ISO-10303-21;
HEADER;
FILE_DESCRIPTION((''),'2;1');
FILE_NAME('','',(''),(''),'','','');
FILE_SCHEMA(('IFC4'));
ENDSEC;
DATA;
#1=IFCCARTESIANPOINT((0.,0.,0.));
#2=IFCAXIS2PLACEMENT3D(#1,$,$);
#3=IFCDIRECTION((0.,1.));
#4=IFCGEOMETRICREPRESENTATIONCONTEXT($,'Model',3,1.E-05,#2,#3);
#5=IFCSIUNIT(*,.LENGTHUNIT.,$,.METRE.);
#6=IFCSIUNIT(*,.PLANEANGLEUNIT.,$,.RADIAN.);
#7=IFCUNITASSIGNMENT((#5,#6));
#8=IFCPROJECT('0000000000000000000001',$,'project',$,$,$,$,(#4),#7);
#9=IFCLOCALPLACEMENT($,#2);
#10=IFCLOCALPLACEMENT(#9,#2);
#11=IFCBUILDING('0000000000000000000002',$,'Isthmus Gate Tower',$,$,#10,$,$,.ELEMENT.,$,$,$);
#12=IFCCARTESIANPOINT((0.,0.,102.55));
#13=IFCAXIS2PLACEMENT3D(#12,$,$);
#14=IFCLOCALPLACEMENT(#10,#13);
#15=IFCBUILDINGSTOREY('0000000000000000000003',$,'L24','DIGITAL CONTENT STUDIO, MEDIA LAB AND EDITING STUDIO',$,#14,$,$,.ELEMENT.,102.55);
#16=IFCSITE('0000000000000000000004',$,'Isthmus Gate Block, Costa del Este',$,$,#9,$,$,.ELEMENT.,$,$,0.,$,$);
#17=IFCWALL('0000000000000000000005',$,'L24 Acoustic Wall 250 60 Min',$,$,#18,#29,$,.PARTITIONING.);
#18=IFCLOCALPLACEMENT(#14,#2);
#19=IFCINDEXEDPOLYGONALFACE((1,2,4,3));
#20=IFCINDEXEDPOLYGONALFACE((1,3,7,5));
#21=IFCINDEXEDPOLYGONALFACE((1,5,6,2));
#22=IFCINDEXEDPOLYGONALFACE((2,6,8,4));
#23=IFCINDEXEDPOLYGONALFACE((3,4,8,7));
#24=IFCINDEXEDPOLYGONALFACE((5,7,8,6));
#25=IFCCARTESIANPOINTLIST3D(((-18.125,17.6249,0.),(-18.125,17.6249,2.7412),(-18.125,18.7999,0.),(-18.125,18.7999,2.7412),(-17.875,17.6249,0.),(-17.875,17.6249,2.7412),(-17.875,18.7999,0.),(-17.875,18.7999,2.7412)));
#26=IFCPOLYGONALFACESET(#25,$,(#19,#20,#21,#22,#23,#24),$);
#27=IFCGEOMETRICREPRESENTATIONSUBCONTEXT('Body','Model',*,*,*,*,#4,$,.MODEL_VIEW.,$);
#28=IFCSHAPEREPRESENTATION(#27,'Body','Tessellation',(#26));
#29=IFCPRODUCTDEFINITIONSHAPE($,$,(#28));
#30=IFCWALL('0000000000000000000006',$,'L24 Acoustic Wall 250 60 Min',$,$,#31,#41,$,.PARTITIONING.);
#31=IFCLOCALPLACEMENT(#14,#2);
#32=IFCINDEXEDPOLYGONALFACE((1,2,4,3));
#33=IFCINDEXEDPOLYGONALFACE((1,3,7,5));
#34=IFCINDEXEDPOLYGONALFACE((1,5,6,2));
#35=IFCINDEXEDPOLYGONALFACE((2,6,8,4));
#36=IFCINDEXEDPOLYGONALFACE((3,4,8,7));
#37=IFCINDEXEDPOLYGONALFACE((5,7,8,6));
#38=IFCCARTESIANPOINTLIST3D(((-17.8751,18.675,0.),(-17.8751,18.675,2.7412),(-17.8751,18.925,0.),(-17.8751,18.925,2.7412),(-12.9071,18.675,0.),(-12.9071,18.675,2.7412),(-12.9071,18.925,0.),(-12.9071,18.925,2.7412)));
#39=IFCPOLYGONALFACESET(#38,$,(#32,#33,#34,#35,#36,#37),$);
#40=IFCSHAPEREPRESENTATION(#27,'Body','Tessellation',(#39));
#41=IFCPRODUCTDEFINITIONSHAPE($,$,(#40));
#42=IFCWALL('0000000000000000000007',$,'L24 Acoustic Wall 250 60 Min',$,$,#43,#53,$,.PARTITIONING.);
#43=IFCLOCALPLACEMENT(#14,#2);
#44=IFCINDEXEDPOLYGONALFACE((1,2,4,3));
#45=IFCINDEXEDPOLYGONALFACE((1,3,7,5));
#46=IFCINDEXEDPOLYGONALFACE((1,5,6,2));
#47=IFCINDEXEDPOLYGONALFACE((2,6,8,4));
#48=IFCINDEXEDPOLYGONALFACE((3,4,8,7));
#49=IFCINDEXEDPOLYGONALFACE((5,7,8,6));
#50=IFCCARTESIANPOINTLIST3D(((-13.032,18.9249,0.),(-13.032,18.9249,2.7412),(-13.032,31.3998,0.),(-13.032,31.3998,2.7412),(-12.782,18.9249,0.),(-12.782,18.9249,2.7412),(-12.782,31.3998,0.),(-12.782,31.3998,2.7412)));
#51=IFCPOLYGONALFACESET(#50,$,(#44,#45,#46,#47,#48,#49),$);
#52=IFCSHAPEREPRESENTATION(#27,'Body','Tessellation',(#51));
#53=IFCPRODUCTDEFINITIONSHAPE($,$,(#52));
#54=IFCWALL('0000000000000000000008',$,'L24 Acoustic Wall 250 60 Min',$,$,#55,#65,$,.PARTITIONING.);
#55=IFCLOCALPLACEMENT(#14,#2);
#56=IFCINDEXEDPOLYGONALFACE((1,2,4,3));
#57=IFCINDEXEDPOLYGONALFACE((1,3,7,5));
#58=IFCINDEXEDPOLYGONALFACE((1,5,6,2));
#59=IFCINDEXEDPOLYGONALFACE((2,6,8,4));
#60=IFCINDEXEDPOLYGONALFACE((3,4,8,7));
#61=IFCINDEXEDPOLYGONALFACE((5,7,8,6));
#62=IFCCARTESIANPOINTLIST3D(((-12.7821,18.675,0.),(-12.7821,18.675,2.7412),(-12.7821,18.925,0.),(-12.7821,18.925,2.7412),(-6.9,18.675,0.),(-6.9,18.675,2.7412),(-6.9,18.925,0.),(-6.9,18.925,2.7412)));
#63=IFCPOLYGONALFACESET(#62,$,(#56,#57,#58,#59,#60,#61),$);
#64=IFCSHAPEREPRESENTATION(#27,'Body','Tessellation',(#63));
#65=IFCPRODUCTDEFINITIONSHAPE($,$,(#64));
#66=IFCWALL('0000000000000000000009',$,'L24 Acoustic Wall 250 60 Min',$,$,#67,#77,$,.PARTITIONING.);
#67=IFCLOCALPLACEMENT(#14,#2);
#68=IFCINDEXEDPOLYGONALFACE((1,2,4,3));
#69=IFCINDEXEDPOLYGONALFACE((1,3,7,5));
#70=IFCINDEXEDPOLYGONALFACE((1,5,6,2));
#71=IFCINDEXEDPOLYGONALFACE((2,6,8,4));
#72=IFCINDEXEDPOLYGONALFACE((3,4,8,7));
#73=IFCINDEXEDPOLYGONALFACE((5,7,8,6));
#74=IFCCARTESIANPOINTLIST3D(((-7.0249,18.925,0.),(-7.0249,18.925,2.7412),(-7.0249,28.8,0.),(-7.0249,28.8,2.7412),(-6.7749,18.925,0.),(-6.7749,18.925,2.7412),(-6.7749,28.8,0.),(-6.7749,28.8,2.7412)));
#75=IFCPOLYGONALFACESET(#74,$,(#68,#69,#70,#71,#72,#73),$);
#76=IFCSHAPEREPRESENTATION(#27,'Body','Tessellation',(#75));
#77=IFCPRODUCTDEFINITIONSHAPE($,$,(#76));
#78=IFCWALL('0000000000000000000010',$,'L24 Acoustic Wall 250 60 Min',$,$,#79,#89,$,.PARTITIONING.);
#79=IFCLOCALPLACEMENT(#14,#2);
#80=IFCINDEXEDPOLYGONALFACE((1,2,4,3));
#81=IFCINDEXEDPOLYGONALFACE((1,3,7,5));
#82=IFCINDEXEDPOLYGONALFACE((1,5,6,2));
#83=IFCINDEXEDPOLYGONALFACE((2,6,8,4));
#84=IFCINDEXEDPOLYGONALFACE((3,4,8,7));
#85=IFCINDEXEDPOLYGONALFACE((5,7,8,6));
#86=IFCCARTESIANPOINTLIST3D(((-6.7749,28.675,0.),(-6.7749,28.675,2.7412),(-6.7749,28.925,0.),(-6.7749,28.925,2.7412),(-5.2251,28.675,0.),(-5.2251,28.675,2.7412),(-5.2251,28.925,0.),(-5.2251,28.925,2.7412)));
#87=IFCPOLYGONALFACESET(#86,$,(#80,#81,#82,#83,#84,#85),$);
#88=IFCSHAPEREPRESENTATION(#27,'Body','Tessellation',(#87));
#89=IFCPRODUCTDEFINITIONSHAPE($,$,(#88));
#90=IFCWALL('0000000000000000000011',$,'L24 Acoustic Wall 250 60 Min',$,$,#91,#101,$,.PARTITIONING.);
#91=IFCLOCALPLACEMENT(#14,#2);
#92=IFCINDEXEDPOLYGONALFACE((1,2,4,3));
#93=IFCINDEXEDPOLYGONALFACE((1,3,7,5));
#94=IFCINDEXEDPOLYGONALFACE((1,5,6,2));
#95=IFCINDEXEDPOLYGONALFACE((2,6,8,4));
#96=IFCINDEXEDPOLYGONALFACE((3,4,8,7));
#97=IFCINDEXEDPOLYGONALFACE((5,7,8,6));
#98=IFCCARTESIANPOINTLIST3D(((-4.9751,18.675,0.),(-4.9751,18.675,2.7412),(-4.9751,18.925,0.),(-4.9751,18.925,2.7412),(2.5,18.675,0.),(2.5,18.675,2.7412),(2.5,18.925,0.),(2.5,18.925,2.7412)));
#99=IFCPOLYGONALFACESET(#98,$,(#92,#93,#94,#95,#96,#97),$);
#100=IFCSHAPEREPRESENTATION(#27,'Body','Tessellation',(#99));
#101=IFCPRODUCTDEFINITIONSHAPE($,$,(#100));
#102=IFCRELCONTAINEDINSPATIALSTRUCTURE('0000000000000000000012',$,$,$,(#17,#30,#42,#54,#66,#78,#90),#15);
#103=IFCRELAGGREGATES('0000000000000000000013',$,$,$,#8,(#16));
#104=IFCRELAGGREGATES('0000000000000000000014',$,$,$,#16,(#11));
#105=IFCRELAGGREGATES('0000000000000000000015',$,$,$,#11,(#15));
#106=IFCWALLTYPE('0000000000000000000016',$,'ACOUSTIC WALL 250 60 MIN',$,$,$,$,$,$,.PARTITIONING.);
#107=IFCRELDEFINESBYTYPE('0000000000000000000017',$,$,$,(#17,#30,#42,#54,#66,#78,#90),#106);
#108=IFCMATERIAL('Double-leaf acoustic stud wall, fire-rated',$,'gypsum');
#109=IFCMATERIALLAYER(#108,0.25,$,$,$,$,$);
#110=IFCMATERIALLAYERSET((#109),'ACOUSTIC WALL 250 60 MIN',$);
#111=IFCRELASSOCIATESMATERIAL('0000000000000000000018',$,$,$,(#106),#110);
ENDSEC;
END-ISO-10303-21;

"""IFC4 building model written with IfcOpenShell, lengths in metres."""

from ifc_helpers import new_model, si_unit, direction, frame, frame_2d, origin, place, context, subcontext, project, spatial, rectangle, extrude, material, layer, layer_set, type_object, element, save


model = new_model("IFC4")

# Units and contexts
model_context = context("Model", 3, precision=1e-05, world=origin(), true_north=direction((0.0, 1.0)))
body_context = subcontext(model_context, "Body", "Model", "MODEL_VIEW")
ifc_project = project(units=[si_unit("LENGTHUNIT", "METRE"), si_unit("PLANEANGLEUNIT", "RADIAN")], contexts=[model_context])

# Site, building, storey
site_placement = place(None, origin())
site = spatial("IfcSite", under=ifc_project, at=site_placement, Name="Isthmus Gate Block, Costa del Este", CompositionType="ELEMENT", RefElevation=0.0)
building_placement = place(site_placement, origin())
building = spatial("IfcBuilding", under=site, at=building_placement, Name="Isthmus Gate Tower", CompositionType="ELEMENT")
storey_placement = place(building_placement, frame((0.0, 0.0, 102.55)))
storey = spatial("IfcBuildingStorey", under=building, at=storey_placement, Name="L24", Description="DIGITAL CONTENT STUDIO, MEDIA LAB AND EDITING STUDIO", CompositionType="ELEMENT", Elevation=102.55)

# Shared definitions
ifc_material_1 = material(Name="Double-leaf acoustic stud wall, fire-rated", Category="gypsum")
ifc_layer_1 = layer(ifc_material_1, 0.25)
ifc_layer_set_1 = layer_set([ifc_layer_1], Name="ACOUSTIC WALL 250 60 MIN")
wall_type = type_object("IfcWallType", Name="ACOUSTIC WALL 250 60 MIN", PredefinedType="PARTITIONING", material=ifc_layer_set_1)

# Walls
wall_1_placement = place(storey_placement, frame((-18.0, 17.625, 0.0), z_axis=(0.0, 0.0, 1.0), x_axis=(0.0, 1.0, 0.0)))
element("IfcWall", 1, at=wall_1_placement, inside=storey, type_object=wall_type, Name="L24 Acoustic Wall 250 60 Min", PredefinedType="PARTITIONING", context=body_context, shape_type="SweptSolid", body=[
    extrude(rectangle(XDim=1.175, YDim=0.25, at=frame_2d((0.5874, 0.0))), origin(), (0.0, 0.0, 1.0), 2.7412),
])
wall_2_placement = place(storey_placement, frame((-17.875, 18.8, 0.0), z_axis=(0.0, 0.0, 1.0), x_axis=(1.0, 0.0, 0.0)))
element("IfcWall", 2, at=wall_2_placement, inside=storey, type_object=wall_type, Name="L24 Acoustic Wall 250 60 Min", PredefinedType="PARTITIONING", context=body_context, shape_type="SweptSolid", body=[
    extrude(rectangle(XDim=4.968, YDim=0.25, at=frame_2d((2.4839, 0.0))), origin(), (0.0, 0.0, 1.0), 2.7412),
])
wall_3_placement = place(storey_placement, frame((-12.907, 18.925, 0.0), z_axis=(0.0, 0.0, 1.0), x_axis=(0.0, 1.0, 0.0)))
element("IfcWall", 3, at=wall_3_placement, inside=storey, type_object=wall_type, Name="L24 Acoustic Wall 250 60 Min", PredefinedType="PARTITIONING", context=body_context, shape_type="SweptSolid", body=[
    extrude(rectangle(XDim=12.4749, YDim=0.25, at=frame_2d((6.2373, 0.0))), origin(), (0.0, 0.0, 1.0), 2.7412),
])
wall_4_placement = place(storey_placement, frame((-12.782, 18.8, 0.0), z_axis=(0.0, 0.0, 1.0), x_axis=(1.0, 0.0, 0.0)))
element("IfcWall", 4, at=wall_4_placement, inside=storey, type_object=wall_type, Name="L24 Acoustic Wall 250 60 Min", PredefinedType="PARTITIONING", context=body_context, shape_type="SweptSolid", body=[
    extrude(rectangle(XDim=5.8821, YDim=0.25, at=frame_2d((2.9409, 0.0))), origin(), (0.0, 0.0, 1.0), 2.7412),
])
wall_5_placement = place(storey_placement, frame((-6.8999, 18.925, 0.0), z_axis=(0.0, 0.0, 1.0), x_axis=(0.0, 1.0, 0.0)))
element("IfcWall", 5, at=wall_5_placement, inside=storey, type_object=wall_type, Name="L24 Acoustic Wall 250 60 Min", PredefinedType="PARTITIONING", context=body_context, shape_type="SweptSolid", body=[
    extrude(rectangle(XDim=9.875, YDim=0.25, at=frame_2d((4.9375, 0.0))), origin(), (0.0, 0.0, 1.0), 2.7412),
])
wall_6_placement = place(storey_placement, frame((-6.7749, 28.8, 0.0), z_axis=(0.0, 0.0, 1.0), x_axis=(1.0, 0.0, 0.0)))
element("IfcWall", 6, at=wall_6_placement, inside=storey, type_object=wall_type, Name="L24 Acoustic Wall 250 60 Min", PredefinedType="PARTITIONING", context=body_context, shape_type="SweptSolid", body=[
    extrude(rectangle(XDim=1.5498, YDim=0.25, at=frame_2d((0.7749, 0.0))), origin(), (0.0, 0.0, 1.0), 2.7412),
])
wall_7_placement = place(storey_placement, frame((-4.9751, 18.8, 0.0), z_axis=(0.0, 0.0, 1.0), x_axis=(1.0, 0.0, 0.0)))
element("IfcWall", 7, at=wall_7_placement, inside=storey, type_object=wall_type, Name="L24 Acoustic Wall 250 60 Min", PredefinedType="PARTITIONING", context=body_context, shape_type="SweptSolid", body=[
    extrude(rectangle(XDim=7.4751, YDim=0.25, at=frame_2d((3.7375, 0.0))), origin(), (0.0, 0.0, 1.0), 2.7412),
])

save(model, "model.ifc")
